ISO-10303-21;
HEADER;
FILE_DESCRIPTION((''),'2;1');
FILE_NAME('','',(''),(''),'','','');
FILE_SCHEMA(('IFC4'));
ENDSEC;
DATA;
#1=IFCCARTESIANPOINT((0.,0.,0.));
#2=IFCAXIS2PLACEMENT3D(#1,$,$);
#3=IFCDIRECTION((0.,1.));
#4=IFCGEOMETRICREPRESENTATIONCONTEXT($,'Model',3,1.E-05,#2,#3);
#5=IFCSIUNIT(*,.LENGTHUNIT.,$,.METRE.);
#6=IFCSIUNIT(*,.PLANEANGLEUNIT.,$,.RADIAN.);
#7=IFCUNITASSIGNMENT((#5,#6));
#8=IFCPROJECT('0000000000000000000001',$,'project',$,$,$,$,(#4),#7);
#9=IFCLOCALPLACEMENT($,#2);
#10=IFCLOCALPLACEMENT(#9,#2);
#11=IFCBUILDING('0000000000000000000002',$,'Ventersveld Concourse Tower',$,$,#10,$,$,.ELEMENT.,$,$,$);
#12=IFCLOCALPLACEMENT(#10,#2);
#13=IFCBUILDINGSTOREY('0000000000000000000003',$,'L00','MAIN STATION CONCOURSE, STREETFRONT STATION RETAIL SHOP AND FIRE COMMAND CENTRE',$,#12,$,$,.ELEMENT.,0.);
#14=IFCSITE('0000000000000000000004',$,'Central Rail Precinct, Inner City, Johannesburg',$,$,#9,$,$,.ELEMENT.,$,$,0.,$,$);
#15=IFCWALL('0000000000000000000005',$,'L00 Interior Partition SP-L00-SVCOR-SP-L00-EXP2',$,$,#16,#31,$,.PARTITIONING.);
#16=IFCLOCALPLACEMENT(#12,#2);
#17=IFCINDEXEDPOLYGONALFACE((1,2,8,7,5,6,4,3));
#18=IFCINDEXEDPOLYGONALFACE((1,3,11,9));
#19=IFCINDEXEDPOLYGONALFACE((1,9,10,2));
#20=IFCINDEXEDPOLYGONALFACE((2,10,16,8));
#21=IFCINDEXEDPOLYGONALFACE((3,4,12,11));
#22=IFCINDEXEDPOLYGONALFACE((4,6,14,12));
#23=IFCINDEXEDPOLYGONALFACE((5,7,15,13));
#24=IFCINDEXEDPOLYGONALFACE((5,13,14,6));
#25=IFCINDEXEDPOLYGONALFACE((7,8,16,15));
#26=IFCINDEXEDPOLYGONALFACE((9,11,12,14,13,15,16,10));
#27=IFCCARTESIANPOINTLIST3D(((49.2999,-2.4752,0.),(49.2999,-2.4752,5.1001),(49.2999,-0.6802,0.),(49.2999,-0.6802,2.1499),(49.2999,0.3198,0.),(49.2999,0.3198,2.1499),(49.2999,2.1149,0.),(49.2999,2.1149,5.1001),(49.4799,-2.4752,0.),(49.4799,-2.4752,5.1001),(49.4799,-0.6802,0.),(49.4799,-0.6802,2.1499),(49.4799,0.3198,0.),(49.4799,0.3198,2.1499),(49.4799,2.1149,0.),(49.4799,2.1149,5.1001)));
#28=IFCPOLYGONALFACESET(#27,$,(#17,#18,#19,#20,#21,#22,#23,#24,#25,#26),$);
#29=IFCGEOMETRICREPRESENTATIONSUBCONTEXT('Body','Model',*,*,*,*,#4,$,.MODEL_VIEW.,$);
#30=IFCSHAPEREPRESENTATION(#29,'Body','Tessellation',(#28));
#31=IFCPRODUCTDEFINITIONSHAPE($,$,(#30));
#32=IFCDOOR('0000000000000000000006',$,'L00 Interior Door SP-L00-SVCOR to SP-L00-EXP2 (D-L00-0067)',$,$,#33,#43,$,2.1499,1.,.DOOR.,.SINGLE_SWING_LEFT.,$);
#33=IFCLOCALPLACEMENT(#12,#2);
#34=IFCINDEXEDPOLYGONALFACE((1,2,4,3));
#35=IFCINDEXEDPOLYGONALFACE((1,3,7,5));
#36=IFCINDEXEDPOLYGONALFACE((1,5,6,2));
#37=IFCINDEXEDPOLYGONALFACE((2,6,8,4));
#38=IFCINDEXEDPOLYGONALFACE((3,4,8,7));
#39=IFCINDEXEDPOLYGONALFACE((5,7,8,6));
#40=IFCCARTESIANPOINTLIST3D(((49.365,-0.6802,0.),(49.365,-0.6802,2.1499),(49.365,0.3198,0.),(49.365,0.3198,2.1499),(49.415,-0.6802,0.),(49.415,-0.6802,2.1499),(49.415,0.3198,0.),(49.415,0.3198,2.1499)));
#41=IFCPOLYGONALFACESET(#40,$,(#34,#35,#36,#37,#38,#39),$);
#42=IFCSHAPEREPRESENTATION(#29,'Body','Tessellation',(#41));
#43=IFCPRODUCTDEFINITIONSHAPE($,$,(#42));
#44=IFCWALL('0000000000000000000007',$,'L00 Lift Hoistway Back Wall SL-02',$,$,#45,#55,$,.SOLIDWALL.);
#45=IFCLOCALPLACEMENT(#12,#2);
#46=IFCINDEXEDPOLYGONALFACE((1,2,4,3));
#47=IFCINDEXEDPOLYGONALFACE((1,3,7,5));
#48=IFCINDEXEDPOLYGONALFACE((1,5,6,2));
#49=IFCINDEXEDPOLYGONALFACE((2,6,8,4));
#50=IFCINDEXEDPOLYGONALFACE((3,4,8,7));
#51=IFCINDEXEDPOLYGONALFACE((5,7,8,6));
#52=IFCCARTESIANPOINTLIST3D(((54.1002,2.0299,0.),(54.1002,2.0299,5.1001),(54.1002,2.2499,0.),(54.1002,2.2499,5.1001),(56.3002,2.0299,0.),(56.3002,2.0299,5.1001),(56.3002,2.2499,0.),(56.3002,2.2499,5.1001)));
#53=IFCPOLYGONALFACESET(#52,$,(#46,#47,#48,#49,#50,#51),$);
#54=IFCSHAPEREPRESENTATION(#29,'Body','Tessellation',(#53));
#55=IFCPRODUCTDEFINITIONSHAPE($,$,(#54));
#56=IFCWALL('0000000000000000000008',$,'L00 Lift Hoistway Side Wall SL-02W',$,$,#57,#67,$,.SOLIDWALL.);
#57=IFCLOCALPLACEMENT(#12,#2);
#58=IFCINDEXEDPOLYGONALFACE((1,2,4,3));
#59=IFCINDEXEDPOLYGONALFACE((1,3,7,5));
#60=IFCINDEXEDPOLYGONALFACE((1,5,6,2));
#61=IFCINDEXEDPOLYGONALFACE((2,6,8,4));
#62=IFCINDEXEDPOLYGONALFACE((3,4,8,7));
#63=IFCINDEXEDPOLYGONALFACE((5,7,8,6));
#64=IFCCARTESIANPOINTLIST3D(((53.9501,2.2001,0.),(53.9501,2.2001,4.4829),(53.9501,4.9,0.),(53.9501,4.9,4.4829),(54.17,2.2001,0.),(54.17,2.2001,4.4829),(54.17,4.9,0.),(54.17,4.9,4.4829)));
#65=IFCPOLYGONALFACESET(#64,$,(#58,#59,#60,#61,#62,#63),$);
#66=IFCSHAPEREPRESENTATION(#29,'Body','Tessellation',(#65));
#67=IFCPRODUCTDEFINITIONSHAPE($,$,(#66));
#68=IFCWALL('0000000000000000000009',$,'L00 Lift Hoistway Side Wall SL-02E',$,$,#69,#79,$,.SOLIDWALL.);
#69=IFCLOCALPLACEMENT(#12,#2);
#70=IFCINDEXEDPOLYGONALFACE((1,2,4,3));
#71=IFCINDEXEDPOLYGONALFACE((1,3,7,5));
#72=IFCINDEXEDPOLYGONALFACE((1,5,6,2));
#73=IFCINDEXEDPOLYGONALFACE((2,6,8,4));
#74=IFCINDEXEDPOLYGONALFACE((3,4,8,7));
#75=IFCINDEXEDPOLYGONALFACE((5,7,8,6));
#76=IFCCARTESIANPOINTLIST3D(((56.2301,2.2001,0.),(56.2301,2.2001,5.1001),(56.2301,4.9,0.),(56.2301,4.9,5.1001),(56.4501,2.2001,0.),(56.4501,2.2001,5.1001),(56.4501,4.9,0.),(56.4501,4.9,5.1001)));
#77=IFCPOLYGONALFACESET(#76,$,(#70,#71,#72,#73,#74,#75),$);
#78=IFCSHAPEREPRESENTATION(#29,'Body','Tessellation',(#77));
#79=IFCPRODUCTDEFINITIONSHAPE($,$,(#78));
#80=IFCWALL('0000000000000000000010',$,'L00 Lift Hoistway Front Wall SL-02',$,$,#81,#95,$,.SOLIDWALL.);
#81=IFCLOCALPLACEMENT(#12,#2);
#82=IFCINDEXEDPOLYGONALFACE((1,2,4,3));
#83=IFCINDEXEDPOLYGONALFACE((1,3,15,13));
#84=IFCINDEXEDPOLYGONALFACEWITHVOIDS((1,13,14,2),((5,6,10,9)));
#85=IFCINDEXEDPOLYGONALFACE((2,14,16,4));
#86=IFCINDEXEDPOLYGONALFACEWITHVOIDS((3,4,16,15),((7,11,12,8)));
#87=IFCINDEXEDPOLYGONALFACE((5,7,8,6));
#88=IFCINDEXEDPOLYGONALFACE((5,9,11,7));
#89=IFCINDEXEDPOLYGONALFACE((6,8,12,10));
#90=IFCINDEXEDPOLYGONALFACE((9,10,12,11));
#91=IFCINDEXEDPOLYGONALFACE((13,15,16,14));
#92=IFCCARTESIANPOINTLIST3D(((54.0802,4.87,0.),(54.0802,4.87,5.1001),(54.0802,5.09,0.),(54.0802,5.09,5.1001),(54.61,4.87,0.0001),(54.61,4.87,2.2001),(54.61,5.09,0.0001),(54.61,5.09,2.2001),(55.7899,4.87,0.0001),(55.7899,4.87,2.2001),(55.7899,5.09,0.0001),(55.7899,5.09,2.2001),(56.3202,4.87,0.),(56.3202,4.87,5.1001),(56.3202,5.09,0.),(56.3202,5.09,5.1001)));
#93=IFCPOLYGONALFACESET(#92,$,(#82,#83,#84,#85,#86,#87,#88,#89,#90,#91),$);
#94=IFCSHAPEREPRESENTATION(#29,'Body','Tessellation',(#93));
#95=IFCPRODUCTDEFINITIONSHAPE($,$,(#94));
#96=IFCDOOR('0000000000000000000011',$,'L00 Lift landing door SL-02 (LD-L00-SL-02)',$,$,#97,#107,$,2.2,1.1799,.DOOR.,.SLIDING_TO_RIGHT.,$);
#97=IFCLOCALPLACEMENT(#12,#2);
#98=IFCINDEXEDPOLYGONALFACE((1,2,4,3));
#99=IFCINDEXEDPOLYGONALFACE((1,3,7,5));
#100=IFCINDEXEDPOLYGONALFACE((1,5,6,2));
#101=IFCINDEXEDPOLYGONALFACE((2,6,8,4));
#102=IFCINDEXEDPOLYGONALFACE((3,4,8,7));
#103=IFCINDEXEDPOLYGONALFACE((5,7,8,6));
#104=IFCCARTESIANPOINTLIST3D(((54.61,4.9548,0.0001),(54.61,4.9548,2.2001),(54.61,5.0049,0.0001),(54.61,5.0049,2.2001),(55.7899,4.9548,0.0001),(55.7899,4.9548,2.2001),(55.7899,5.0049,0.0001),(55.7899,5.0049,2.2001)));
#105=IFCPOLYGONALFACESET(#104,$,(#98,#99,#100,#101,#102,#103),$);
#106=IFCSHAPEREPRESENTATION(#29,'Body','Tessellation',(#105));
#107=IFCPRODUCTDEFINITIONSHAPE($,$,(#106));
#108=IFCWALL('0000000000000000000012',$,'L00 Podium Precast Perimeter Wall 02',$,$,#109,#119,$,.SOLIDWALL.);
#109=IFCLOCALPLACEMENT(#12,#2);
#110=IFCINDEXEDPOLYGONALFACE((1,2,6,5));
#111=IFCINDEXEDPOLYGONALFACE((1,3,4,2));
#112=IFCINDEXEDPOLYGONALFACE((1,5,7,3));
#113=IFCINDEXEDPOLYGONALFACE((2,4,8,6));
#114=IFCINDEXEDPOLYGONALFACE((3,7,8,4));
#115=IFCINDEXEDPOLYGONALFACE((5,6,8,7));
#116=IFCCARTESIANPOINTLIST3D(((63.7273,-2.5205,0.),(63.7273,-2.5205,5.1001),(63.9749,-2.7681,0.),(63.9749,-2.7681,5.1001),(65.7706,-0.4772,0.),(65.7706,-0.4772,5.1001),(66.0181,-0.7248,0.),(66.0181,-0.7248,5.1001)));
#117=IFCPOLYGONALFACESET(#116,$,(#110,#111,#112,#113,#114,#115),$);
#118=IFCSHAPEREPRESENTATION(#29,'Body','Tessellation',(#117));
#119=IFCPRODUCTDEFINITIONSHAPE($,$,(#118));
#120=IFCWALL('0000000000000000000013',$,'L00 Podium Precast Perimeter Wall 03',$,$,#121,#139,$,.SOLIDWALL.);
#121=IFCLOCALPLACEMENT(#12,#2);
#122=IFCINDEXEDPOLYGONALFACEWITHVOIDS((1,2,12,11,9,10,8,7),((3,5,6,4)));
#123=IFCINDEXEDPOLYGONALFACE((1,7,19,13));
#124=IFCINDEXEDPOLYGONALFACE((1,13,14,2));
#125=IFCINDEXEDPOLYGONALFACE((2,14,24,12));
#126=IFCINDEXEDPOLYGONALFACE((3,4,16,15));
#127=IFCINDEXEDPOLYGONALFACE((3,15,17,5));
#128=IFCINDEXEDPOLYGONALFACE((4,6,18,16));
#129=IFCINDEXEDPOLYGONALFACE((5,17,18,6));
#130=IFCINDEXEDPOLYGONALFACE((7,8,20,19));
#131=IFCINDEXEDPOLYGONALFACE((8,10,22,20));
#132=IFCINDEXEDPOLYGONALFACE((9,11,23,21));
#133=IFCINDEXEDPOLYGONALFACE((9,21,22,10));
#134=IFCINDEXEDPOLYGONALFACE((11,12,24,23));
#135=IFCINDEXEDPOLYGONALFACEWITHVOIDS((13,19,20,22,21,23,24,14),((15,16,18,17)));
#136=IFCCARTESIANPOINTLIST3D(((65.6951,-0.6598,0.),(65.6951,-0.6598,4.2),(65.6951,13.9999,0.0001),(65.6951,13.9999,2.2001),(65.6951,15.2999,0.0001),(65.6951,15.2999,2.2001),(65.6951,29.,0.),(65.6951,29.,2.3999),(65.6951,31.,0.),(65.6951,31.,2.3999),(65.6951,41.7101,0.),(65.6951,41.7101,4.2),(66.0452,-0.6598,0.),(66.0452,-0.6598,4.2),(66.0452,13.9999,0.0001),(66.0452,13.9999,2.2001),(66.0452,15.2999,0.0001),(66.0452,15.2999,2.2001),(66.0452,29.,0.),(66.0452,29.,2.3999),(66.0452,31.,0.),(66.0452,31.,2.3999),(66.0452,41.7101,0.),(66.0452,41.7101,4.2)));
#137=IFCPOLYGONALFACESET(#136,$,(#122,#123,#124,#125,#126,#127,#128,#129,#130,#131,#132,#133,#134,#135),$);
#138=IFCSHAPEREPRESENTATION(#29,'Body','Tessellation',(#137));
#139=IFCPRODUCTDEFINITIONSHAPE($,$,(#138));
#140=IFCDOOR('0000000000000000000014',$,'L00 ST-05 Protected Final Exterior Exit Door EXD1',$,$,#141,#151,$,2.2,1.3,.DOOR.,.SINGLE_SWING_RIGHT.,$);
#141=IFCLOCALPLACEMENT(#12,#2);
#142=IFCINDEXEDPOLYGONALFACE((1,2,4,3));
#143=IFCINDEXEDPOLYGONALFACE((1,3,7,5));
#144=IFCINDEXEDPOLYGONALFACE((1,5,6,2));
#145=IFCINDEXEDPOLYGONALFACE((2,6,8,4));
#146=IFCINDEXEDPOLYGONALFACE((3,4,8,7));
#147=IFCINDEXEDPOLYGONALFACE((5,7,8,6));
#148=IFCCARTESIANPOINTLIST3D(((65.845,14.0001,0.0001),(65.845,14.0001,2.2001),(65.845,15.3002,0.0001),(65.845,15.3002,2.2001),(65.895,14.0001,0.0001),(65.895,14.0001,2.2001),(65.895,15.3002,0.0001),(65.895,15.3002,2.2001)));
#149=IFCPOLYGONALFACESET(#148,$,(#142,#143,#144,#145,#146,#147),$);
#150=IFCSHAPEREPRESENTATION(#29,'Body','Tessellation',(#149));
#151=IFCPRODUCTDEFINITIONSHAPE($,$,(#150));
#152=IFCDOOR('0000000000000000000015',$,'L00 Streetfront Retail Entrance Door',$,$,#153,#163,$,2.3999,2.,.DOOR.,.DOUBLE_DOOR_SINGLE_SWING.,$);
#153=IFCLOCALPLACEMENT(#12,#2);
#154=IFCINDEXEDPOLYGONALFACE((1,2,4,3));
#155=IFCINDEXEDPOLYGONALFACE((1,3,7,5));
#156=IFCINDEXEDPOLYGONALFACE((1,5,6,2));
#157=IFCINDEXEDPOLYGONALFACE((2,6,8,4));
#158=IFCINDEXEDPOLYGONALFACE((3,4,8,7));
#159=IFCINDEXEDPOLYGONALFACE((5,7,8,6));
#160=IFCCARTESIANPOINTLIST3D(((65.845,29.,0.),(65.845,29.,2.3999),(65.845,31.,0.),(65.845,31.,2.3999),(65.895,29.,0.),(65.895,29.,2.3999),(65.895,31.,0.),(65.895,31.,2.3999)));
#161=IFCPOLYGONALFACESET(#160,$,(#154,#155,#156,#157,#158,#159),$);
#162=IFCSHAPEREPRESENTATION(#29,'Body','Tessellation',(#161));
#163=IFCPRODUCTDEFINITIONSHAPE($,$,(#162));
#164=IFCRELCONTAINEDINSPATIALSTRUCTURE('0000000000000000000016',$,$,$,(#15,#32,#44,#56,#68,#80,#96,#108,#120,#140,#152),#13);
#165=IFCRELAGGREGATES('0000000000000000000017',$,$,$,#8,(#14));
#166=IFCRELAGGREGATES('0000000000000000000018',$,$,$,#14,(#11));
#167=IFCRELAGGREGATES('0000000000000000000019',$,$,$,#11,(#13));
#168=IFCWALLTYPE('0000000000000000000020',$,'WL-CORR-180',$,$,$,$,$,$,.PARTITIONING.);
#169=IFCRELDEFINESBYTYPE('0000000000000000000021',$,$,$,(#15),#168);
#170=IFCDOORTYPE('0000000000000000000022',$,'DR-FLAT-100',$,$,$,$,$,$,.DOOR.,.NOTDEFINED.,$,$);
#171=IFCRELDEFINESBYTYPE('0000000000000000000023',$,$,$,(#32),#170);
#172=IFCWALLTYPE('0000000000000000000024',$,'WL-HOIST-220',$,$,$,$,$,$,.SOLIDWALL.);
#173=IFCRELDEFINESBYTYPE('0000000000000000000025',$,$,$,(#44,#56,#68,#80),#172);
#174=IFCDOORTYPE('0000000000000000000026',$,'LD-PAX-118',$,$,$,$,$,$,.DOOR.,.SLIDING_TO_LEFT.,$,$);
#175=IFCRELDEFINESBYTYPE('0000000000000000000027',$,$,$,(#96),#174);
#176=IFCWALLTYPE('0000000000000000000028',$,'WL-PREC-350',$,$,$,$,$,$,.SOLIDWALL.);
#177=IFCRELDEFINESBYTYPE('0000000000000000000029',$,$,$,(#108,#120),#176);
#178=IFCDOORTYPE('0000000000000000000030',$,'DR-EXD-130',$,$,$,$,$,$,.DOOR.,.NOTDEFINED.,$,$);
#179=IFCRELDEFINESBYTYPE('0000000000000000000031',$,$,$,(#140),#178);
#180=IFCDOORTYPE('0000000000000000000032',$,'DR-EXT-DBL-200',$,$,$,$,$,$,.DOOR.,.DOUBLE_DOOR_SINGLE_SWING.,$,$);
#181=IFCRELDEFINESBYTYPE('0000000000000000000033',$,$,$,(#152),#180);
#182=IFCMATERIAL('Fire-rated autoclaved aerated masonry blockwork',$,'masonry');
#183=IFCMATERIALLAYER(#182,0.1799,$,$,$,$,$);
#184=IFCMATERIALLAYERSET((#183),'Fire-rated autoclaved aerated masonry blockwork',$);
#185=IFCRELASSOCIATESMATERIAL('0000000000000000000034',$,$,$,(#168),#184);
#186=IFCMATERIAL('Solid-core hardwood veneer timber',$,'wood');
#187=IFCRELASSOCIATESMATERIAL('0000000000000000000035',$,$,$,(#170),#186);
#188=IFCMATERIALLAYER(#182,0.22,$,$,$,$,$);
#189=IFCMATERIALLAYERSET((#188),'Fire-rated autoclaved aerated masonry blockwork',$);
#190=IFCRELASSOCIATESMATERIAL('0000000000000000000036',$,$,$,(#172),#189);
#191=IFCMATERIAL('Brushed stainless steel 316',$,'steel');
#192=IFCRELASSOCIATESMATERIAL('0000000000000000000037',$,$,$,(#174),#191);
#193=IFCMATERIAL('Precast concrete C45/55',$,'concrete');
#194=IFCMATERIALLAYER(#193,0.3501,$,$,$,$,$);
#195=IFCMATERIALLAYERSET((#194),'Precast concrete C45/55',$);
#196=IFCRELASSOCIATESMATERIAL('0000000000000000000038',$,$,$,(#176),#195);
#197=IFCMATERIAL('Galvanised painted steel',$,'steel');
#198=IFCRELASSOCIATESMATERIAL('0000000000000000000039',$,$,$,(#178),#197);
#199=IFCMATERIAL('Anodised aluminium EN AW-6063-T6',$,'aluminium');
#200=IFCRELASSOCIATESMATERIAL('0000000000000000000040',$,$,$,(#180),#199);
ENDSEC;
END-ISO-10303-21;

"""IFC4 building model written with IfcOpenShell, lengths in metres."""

from ifc_helpers import new_model, si_unit, direction, frame, frame_2d, origin, place, context, subcontext, project, spatial, rectangle, extrude, material, layer, layer_set, type_object, element, fill, save


model = new_model("IFC4")

# Units and contexts
model_context = context("Model", 3, precision=1e-05, world=origin(), true_north=direction((0.0, 1.0)))
body_context = subcontext(model_context, "Body", "Model", "MODEL_VIEW")
ifc_project = project(units=[si_unit("LENGTHUNIT", "METRE"), si_unit("PLANEANGLEUNIT", "RADIAN")], contexts=[model_context])

# Site, building, storey
site_placement = place(None, origin())
site = spatial("IfcSite", under=ifc_project, at=site_placement, Name="Central Rail Precinct, Inner City, Johannesburg", CompositionType="ELEMENT", RefElevation=0.0)
building_placement = place(site_placement, origin())
building = spatial("IfcBuilding", under=site, at=building_placement, Name="Ventersveld Concourse Tower", CompositionType="ELEMENT")
storey_placement = place(building_placement, origin())
storey = spatial("IfcBuildingStorey", under=building, at=storey_placement, Name="L00", Description="MAIN STATION CONCOURSE, STREETFRONT STATION RETAIL SHOP AND FIRE COMMAND CENTRE", CompositionType="ELEMENT", Elevation=0.0)

# Wall, opening, door
ifc_material_1 = material(Name="Fire-rated autoclaved aerated masonry blockwork", Category="masonry")
ifc_layer_1 = layer(ifc_material_1, 0.1799)
ifc_layer_set_1 = layer_set([ifc_layer_1], Name="Fire-rated autoclaved aerated masonry blockwork")
wall_type_1 = type_object("IfcWallType", Name="WL-CORR-180", PredefinedType="PARTITIONING", material=ifc_layer_set_1)
ifc_material_2 = material(Name="Galvanised painted steel", Category="steel")
wall_1_placement = place(storey_placement, frame((49.3899, -2.4751, 0.0), z_axis=(0.0, 0.0, 1.0), x_axis=(0.0, 1.0, 0.0)))
wall_1 = element("IfcWall", 1, at=wall_1_placement, inside=storey, type_object=wall_type_1, Name="L00 Interior Partition SP-L00-SVCOR-SP-L00-EXP2", PredefinedType="PARTITIONING", context=body_context, shape_type="SweptSolid", body=[
    extrude(rectangle(XDim=4.5901, YDim=0.1799, at=frame_2d((2.2949, 0.0))), origin(), (0.0, 0.0, 1.0), 5.1001),
])
opening_1_placement = place(wall_1_placement, frame((1.7949, 0.0, 0.0)))
opening_1 = element("IfcOpeningElement", 2, at=opening_1_placement, cuts=wall_1, PredefinedType="OPENING", context=body_context, shape_type="SweptSolid", body=[
    extrude(rectangle(XDim=1.0, YDim=2.1499, at=frame_2d((0.5, 1.075))), frame((0.0, 0.1001, 0.0), z_axis=(0.0, -1.0, 0.0), x_axis=(1.0, 0.0, 0.0)), (0.0, 0.0, 1.0), 0.2),
])
ifc_material_3 = material(Name="Solid-core hardwood veneer timber", Category="wood")
door_type_1 = type_object("IfcDoorType", Name="DR-FLAT-100", OperationType="NOTDEFINED", PredefinedType="DOOR", material=ifc_material_3)
door_1_placement = place(opening_1_placement, origin())
door_1 = element("IfcDoor", 3, at=door_1_placement, inside=storey, type_object=door_type_1, Name="L00 Interior Door SP-L00-SVCOR to SP-L00-EXP2 (D-L00-0067)", OperationType="SINGLE_SWING_LEFT", OverallHeight=2.1499, OverallWidth=1.0, PredefinedType="DOOR", context=body_context, shape_type="SweptSolid", body=[
    extrude(rectangle(XDim=1.0, YDim=2.1499, at=frame_2d((0.5, 1.075))), frame((0.0, 0.0249, 0.0), z_axis=(0.0, -1.0, 0.0), x_axis=(1.0, 0.0, 0.0)), (0.0, 0.0, 1.0), 0.05),
])
fill(opening_1, door_1)

# Walls
ifc_layer_2 = layer(ifc_material_1, 0.22)
ifc_layer_set_2 = layer_set([ifc_layer_2], Name="Fire-rated autoclaved aerated masonry blockwork")
wall_type_2 = type_object("IfcWallType", Name="WL-HOIST-220", PredefinedType="SOLIDWALL", material=ifc_layer_set_2)
wall_2_placement = place(storey_placement, frame((54.1001, 2.1399, 0.0), z_axis=(0.0, 0.0, 1.0), x_axis=(1.0, 0.0, 0.0)))
element("IfcWall", 4, at=wall_2_placement, inside=storey, type_object=wall_type_2, Name="L00 Lift Hoistway Back Wall SL-02", PredefinedType="SOLIDWALL", context=body_context, shape_type="SweptSolid", body=[
    extrude(rectangle(XDim=2.2, YDim=0.22, at=frame_2d((1.1001, 0.0))), origin(), (0.0, 0.0, 1.0), 5.1001),
])
wall_3_placement = place(storey_placement, frame((54.0601, 2.2, 0.0), z_axis=(0.0, 0.0, 1.0), x_axis=(0.0, 1.0, 0.0)))
element("IfcWall", 5, at=wall_3_placement, inside=storey, type_object=wall_type_2, Name="L00 Lift Hoistway Side Wall SL-02W", PredefinedType="SOLIDWALL", context=body_context, shape_type="SweptSolid", body=[
    extrude(rectangle(XDim=2.7, YDim=0.22, at=frame_2d((1.3501, 0.0))), origin(), (0.0, 0.0, 1.0), 4.4829),
])
wall_4_placement = place(storey_placement, frame((56.3401, 2.2, 0.0), z_axis=(0.0, 0.0, 1.0), x_axis=(0.0, 1.0, 0.0)))
element("IfcWall", 6, at=wall_4_placement, inside=storey, type_object=wall_type_2, Name="L00 Lift Hoistway Side Wall SL-02E", PredefinedType="SOLIDWALL", context=body_context, shape_type="SweptSolid", body=[
    extrude(rectangle(XDim=2.7, YDim=0.22, at=frame_2d((1.3501, 0.0))), origin(), (0.0, 0.0, 1.0), 5.1001),
])

# Wall, opening, door
wall_5_placement = place(storey_placement, frame((54.0801, 4.98, 0.0), z_axis=(0.0, 0.0, 1.0), x_axis=(1.0, 0.0, 0.0)))
wall_5 = element("IfcWall", 7, at=wall_5_placement, inside=storey, type_object=wall_type_2, Name="L00 Lift Hoistway Front Wall SL-02", PredefinedType="SOLIDWALL", context=body_context, shape_type="SweptSolid", body=[
    extrude(rectangle(XDim=2.24, YDim=0.22, at=frame_2d((1.1201, 0.0))), origin(), (0.0, 0.0, 1.0), 5.1001),
])
opening_2_placement = place(wall_5_placement, frame((0.53, 0.0, 0.0)))
opening_2 = element("IfcOpeningElement", 8, at=opening_2_placement, cuts=wall_5, PredefinedType="OPENING", context=body_context, shape_type="SweptSolid", body=[
    extrude(rectangle(XDim=1.1799, YDim=2.2, at=frame_2d((0.5898, 1.1001))), frame((0.0, 0.1201, 0.0), z_axis=(0.0, -1.0, 0.0), x_axis=(1.0, 0.0, 0.0)), (0.0, 0.0, 1.0), 0.24),
])
ifc_material_4 = material(Name="Brushed stainless steel 316", Category="steel")
door_type_2 = type_object("IfcDoorType", Name="LD-PAX-118", OperationType="SLIDING_TO_LEFT", PredefinedType="DOOR", material=ifc_material_4)
door_2_placement = place(opening_2_placement, origin())
door_2 = element("IfcDoor", 9, at=door_2_placement, inside=storey, type_object=door_type_2, Name="L00 Lift landing door SL-02 (LD-L00-SL-02)", OperationType="SLIDING_TO_RIGHT", OverallHeight=2.2, OverallWidth=1.1799, PredefinedType="DOOR", context=body_context, shape_type="SweptSolid", body=[
    extrude(rectangle(XDim=1.1799, YDim=2.2, at=frame_2d((0.5898, 1.1001))), frame((0.0, 0.0249, 0.0), z_axis=(0.0, -1.0, 0.0), x_axis=(1.0, 0.0, 0.0)), (0.0, 0.0, 1.0), 0.05),
])
fill(opening_2, door_2)

# Wall
ifc_material_5 = material(Name="Precast concrete C45/55", Category="concrete")
ifc_layer_3 = layer(ifc_material_5, 0.3501)
ifc_layer_set_3 = layer_set([ifc_layer_3], Name="Precast concrete C45/55")
wall_type_3 = type_object("IfcWallType", Name="WL-PREC-350", PredefinedType="SOLIDWALL", material=ifc_layer_set_3)
wall_6_placement = place(storey_placement, frame((63.8511, -2.6443, 0.0), z_axis=(0.0, 0.0, 1.0), x_axis=(0.707107, 0.707107, 0.0)))
element("IfcWall", 10, at=wall_6_placement, inside=storey, type_object=wall_type_3, Name="L00 Podium Precast Perimeter Wall 02", PredefinedType="SOLIDWALL", context=body_context, shape_type="SweptSolid", body=[
    extrude(rectangle(XDim=2.8896, YDim=0.3501, at=frame_2d((1.4448, 0.0))), origin(), (0.0, 0.0, 1.0), 5.1001),
])

# Wall, openings, doors
wall_7_placement = place(storey_placement, frame((65.8701, -0.6599, 0.0), z_axis=(0.0, 0.0, 1.0), x_axis=(0.0, 1.0, 0.0)))
wall_7 = element("IfcWall", 11, at=wall_7_placement, inside=storey, type_object=wall_type_3, Name="L00 Podium Precast Perimeter Wall 03", PredefinedType="SOLIDWALL", context=body_context, shape_type="SweptSolid", body=[
    extrude(rectangle(XDim=42.3699, YDim=0.3501, at=frame_2d((21.1851, 0.0))), origin(), (0.0, 0.0, 1.0), 4.2),
])
opening_3_placement = place(wall_7_placement, frame((14.6599, 0.0, 0.0)))
opening_3 = element("IfcOpeningElement", 12, at=opening_3_placement, cuts=wall_7, PredefinedType="OPENING", context=body_context, shape_type="SweptSolid", body=[
    extrude(rectangle(XDim=1.3, YDim=2.2, at=frame_2d((0.6499, 1.1001))), frame((0.0, 0.1851, 0.0), z_axis=(0.0, -1.0, 0.0), x_axis=(1.0, 0.0, 0.0)), (0.0, 0.0, 1.0), 0.3701),
])
opening_4_placement = place(wall_7_placement, frame((29.6599, 0.0, 0.0)))
opening_4 = element("IfcOpeningElement", 13, at=opening_4_placement, cuts=wall_7, PredefinedType="OPENING", context=body_context, shape_type="SweptSolid", body=[
    extrude(rectangle(XDim=2.0, YDim=2.3999, at=frame_2d((1.0, 1.2))), frame((0.0, 0.1851, 0.0), z_axis=(0.0, -1.0, 0.0), x_axis=(1.0, 0.0, 0.0)), (0.0, 0.0, 1.0), 0.3701),
])
door_type_3 = type_object("IfcDoorType", Name="DR-EXD-130", OperationType="NOTDEFINED", PredefinedType="DOOR", material=ifc_material_2)
door_3_placement = place(opening_3_placement, frame((1.3, 0.0, 0.0), z_axis=(0.0, 0.0, 1.0), x_axis=(-1.0, 0.0, 0.0)))
door_3 = element("IfcDoor", 14, at=door_3_placement, inside=storey, type_object=door_type_3, Name="L00 ST-05 Protected Final Exterior Exit Door EXD1", OperationType="SINGLE_SWING_RIGHT", OverallHeight=2.2, OverallWidth=1.3, PredefinedType="DOOR", context=body_context, shape_type="SweptSolid", body=[
    extrude(rectangle(XDim=1.3, YDim=2.2, at=frame_2d((0.6499, 1.1001))), frame((0.0, 0.0249, 0.0), z_axis=(0.0, -1.0, 0.0), x_axis=(1.0, 0.0, 0.0)), (0.0, 0.0, 1.0), 0.05),
])
fill(opening_3, door_3)
ifc_material_6 = material(Name="Anodised aluminium EN AW-6063-T6", Category="aluminium")
door_type_4 = type_object("IfcDoorType", Name="DR-EXT-DBL-200", OperationType="DOUBLE_DOOR_SINGLE_SWING", PredefinedType="DOOR", material=ifc_material_6)
door_4_placement = place(opening_4_placement, frame((2.0, 0.0, 0.0), z_axis=(0.0, 0.0, 1.0), x_axis=(-1.0, 0.0, 0.0)))
door_4 = element("IfcDoor", 15, at=door_4_placement, inside=storey, type_object=door_type_4, Name="L00 Streetfront Retail Entrance Door", OperationType="DOUBLE_DOOR_SINGLE_SWING", OverallHeight=2.3999, OverallWidth=2.0, PredefinedType="DOOR", context=body_context, shape_type="SweptSolid", body=[
    extrude(rectangle(XDim=2.0, YDim=2.3999, at=frame_2d((1.0, 1.2))), frame((0.0, 0.0249, 0.0), z_axis=(0.0, -1.0, 0.0), x_axis=(1.0, 0.0, 0.0)), (0.0, 0.0, 1.0), 0.05),
])
fill(opening_4, door_4)

save(model, "model.ifc")
